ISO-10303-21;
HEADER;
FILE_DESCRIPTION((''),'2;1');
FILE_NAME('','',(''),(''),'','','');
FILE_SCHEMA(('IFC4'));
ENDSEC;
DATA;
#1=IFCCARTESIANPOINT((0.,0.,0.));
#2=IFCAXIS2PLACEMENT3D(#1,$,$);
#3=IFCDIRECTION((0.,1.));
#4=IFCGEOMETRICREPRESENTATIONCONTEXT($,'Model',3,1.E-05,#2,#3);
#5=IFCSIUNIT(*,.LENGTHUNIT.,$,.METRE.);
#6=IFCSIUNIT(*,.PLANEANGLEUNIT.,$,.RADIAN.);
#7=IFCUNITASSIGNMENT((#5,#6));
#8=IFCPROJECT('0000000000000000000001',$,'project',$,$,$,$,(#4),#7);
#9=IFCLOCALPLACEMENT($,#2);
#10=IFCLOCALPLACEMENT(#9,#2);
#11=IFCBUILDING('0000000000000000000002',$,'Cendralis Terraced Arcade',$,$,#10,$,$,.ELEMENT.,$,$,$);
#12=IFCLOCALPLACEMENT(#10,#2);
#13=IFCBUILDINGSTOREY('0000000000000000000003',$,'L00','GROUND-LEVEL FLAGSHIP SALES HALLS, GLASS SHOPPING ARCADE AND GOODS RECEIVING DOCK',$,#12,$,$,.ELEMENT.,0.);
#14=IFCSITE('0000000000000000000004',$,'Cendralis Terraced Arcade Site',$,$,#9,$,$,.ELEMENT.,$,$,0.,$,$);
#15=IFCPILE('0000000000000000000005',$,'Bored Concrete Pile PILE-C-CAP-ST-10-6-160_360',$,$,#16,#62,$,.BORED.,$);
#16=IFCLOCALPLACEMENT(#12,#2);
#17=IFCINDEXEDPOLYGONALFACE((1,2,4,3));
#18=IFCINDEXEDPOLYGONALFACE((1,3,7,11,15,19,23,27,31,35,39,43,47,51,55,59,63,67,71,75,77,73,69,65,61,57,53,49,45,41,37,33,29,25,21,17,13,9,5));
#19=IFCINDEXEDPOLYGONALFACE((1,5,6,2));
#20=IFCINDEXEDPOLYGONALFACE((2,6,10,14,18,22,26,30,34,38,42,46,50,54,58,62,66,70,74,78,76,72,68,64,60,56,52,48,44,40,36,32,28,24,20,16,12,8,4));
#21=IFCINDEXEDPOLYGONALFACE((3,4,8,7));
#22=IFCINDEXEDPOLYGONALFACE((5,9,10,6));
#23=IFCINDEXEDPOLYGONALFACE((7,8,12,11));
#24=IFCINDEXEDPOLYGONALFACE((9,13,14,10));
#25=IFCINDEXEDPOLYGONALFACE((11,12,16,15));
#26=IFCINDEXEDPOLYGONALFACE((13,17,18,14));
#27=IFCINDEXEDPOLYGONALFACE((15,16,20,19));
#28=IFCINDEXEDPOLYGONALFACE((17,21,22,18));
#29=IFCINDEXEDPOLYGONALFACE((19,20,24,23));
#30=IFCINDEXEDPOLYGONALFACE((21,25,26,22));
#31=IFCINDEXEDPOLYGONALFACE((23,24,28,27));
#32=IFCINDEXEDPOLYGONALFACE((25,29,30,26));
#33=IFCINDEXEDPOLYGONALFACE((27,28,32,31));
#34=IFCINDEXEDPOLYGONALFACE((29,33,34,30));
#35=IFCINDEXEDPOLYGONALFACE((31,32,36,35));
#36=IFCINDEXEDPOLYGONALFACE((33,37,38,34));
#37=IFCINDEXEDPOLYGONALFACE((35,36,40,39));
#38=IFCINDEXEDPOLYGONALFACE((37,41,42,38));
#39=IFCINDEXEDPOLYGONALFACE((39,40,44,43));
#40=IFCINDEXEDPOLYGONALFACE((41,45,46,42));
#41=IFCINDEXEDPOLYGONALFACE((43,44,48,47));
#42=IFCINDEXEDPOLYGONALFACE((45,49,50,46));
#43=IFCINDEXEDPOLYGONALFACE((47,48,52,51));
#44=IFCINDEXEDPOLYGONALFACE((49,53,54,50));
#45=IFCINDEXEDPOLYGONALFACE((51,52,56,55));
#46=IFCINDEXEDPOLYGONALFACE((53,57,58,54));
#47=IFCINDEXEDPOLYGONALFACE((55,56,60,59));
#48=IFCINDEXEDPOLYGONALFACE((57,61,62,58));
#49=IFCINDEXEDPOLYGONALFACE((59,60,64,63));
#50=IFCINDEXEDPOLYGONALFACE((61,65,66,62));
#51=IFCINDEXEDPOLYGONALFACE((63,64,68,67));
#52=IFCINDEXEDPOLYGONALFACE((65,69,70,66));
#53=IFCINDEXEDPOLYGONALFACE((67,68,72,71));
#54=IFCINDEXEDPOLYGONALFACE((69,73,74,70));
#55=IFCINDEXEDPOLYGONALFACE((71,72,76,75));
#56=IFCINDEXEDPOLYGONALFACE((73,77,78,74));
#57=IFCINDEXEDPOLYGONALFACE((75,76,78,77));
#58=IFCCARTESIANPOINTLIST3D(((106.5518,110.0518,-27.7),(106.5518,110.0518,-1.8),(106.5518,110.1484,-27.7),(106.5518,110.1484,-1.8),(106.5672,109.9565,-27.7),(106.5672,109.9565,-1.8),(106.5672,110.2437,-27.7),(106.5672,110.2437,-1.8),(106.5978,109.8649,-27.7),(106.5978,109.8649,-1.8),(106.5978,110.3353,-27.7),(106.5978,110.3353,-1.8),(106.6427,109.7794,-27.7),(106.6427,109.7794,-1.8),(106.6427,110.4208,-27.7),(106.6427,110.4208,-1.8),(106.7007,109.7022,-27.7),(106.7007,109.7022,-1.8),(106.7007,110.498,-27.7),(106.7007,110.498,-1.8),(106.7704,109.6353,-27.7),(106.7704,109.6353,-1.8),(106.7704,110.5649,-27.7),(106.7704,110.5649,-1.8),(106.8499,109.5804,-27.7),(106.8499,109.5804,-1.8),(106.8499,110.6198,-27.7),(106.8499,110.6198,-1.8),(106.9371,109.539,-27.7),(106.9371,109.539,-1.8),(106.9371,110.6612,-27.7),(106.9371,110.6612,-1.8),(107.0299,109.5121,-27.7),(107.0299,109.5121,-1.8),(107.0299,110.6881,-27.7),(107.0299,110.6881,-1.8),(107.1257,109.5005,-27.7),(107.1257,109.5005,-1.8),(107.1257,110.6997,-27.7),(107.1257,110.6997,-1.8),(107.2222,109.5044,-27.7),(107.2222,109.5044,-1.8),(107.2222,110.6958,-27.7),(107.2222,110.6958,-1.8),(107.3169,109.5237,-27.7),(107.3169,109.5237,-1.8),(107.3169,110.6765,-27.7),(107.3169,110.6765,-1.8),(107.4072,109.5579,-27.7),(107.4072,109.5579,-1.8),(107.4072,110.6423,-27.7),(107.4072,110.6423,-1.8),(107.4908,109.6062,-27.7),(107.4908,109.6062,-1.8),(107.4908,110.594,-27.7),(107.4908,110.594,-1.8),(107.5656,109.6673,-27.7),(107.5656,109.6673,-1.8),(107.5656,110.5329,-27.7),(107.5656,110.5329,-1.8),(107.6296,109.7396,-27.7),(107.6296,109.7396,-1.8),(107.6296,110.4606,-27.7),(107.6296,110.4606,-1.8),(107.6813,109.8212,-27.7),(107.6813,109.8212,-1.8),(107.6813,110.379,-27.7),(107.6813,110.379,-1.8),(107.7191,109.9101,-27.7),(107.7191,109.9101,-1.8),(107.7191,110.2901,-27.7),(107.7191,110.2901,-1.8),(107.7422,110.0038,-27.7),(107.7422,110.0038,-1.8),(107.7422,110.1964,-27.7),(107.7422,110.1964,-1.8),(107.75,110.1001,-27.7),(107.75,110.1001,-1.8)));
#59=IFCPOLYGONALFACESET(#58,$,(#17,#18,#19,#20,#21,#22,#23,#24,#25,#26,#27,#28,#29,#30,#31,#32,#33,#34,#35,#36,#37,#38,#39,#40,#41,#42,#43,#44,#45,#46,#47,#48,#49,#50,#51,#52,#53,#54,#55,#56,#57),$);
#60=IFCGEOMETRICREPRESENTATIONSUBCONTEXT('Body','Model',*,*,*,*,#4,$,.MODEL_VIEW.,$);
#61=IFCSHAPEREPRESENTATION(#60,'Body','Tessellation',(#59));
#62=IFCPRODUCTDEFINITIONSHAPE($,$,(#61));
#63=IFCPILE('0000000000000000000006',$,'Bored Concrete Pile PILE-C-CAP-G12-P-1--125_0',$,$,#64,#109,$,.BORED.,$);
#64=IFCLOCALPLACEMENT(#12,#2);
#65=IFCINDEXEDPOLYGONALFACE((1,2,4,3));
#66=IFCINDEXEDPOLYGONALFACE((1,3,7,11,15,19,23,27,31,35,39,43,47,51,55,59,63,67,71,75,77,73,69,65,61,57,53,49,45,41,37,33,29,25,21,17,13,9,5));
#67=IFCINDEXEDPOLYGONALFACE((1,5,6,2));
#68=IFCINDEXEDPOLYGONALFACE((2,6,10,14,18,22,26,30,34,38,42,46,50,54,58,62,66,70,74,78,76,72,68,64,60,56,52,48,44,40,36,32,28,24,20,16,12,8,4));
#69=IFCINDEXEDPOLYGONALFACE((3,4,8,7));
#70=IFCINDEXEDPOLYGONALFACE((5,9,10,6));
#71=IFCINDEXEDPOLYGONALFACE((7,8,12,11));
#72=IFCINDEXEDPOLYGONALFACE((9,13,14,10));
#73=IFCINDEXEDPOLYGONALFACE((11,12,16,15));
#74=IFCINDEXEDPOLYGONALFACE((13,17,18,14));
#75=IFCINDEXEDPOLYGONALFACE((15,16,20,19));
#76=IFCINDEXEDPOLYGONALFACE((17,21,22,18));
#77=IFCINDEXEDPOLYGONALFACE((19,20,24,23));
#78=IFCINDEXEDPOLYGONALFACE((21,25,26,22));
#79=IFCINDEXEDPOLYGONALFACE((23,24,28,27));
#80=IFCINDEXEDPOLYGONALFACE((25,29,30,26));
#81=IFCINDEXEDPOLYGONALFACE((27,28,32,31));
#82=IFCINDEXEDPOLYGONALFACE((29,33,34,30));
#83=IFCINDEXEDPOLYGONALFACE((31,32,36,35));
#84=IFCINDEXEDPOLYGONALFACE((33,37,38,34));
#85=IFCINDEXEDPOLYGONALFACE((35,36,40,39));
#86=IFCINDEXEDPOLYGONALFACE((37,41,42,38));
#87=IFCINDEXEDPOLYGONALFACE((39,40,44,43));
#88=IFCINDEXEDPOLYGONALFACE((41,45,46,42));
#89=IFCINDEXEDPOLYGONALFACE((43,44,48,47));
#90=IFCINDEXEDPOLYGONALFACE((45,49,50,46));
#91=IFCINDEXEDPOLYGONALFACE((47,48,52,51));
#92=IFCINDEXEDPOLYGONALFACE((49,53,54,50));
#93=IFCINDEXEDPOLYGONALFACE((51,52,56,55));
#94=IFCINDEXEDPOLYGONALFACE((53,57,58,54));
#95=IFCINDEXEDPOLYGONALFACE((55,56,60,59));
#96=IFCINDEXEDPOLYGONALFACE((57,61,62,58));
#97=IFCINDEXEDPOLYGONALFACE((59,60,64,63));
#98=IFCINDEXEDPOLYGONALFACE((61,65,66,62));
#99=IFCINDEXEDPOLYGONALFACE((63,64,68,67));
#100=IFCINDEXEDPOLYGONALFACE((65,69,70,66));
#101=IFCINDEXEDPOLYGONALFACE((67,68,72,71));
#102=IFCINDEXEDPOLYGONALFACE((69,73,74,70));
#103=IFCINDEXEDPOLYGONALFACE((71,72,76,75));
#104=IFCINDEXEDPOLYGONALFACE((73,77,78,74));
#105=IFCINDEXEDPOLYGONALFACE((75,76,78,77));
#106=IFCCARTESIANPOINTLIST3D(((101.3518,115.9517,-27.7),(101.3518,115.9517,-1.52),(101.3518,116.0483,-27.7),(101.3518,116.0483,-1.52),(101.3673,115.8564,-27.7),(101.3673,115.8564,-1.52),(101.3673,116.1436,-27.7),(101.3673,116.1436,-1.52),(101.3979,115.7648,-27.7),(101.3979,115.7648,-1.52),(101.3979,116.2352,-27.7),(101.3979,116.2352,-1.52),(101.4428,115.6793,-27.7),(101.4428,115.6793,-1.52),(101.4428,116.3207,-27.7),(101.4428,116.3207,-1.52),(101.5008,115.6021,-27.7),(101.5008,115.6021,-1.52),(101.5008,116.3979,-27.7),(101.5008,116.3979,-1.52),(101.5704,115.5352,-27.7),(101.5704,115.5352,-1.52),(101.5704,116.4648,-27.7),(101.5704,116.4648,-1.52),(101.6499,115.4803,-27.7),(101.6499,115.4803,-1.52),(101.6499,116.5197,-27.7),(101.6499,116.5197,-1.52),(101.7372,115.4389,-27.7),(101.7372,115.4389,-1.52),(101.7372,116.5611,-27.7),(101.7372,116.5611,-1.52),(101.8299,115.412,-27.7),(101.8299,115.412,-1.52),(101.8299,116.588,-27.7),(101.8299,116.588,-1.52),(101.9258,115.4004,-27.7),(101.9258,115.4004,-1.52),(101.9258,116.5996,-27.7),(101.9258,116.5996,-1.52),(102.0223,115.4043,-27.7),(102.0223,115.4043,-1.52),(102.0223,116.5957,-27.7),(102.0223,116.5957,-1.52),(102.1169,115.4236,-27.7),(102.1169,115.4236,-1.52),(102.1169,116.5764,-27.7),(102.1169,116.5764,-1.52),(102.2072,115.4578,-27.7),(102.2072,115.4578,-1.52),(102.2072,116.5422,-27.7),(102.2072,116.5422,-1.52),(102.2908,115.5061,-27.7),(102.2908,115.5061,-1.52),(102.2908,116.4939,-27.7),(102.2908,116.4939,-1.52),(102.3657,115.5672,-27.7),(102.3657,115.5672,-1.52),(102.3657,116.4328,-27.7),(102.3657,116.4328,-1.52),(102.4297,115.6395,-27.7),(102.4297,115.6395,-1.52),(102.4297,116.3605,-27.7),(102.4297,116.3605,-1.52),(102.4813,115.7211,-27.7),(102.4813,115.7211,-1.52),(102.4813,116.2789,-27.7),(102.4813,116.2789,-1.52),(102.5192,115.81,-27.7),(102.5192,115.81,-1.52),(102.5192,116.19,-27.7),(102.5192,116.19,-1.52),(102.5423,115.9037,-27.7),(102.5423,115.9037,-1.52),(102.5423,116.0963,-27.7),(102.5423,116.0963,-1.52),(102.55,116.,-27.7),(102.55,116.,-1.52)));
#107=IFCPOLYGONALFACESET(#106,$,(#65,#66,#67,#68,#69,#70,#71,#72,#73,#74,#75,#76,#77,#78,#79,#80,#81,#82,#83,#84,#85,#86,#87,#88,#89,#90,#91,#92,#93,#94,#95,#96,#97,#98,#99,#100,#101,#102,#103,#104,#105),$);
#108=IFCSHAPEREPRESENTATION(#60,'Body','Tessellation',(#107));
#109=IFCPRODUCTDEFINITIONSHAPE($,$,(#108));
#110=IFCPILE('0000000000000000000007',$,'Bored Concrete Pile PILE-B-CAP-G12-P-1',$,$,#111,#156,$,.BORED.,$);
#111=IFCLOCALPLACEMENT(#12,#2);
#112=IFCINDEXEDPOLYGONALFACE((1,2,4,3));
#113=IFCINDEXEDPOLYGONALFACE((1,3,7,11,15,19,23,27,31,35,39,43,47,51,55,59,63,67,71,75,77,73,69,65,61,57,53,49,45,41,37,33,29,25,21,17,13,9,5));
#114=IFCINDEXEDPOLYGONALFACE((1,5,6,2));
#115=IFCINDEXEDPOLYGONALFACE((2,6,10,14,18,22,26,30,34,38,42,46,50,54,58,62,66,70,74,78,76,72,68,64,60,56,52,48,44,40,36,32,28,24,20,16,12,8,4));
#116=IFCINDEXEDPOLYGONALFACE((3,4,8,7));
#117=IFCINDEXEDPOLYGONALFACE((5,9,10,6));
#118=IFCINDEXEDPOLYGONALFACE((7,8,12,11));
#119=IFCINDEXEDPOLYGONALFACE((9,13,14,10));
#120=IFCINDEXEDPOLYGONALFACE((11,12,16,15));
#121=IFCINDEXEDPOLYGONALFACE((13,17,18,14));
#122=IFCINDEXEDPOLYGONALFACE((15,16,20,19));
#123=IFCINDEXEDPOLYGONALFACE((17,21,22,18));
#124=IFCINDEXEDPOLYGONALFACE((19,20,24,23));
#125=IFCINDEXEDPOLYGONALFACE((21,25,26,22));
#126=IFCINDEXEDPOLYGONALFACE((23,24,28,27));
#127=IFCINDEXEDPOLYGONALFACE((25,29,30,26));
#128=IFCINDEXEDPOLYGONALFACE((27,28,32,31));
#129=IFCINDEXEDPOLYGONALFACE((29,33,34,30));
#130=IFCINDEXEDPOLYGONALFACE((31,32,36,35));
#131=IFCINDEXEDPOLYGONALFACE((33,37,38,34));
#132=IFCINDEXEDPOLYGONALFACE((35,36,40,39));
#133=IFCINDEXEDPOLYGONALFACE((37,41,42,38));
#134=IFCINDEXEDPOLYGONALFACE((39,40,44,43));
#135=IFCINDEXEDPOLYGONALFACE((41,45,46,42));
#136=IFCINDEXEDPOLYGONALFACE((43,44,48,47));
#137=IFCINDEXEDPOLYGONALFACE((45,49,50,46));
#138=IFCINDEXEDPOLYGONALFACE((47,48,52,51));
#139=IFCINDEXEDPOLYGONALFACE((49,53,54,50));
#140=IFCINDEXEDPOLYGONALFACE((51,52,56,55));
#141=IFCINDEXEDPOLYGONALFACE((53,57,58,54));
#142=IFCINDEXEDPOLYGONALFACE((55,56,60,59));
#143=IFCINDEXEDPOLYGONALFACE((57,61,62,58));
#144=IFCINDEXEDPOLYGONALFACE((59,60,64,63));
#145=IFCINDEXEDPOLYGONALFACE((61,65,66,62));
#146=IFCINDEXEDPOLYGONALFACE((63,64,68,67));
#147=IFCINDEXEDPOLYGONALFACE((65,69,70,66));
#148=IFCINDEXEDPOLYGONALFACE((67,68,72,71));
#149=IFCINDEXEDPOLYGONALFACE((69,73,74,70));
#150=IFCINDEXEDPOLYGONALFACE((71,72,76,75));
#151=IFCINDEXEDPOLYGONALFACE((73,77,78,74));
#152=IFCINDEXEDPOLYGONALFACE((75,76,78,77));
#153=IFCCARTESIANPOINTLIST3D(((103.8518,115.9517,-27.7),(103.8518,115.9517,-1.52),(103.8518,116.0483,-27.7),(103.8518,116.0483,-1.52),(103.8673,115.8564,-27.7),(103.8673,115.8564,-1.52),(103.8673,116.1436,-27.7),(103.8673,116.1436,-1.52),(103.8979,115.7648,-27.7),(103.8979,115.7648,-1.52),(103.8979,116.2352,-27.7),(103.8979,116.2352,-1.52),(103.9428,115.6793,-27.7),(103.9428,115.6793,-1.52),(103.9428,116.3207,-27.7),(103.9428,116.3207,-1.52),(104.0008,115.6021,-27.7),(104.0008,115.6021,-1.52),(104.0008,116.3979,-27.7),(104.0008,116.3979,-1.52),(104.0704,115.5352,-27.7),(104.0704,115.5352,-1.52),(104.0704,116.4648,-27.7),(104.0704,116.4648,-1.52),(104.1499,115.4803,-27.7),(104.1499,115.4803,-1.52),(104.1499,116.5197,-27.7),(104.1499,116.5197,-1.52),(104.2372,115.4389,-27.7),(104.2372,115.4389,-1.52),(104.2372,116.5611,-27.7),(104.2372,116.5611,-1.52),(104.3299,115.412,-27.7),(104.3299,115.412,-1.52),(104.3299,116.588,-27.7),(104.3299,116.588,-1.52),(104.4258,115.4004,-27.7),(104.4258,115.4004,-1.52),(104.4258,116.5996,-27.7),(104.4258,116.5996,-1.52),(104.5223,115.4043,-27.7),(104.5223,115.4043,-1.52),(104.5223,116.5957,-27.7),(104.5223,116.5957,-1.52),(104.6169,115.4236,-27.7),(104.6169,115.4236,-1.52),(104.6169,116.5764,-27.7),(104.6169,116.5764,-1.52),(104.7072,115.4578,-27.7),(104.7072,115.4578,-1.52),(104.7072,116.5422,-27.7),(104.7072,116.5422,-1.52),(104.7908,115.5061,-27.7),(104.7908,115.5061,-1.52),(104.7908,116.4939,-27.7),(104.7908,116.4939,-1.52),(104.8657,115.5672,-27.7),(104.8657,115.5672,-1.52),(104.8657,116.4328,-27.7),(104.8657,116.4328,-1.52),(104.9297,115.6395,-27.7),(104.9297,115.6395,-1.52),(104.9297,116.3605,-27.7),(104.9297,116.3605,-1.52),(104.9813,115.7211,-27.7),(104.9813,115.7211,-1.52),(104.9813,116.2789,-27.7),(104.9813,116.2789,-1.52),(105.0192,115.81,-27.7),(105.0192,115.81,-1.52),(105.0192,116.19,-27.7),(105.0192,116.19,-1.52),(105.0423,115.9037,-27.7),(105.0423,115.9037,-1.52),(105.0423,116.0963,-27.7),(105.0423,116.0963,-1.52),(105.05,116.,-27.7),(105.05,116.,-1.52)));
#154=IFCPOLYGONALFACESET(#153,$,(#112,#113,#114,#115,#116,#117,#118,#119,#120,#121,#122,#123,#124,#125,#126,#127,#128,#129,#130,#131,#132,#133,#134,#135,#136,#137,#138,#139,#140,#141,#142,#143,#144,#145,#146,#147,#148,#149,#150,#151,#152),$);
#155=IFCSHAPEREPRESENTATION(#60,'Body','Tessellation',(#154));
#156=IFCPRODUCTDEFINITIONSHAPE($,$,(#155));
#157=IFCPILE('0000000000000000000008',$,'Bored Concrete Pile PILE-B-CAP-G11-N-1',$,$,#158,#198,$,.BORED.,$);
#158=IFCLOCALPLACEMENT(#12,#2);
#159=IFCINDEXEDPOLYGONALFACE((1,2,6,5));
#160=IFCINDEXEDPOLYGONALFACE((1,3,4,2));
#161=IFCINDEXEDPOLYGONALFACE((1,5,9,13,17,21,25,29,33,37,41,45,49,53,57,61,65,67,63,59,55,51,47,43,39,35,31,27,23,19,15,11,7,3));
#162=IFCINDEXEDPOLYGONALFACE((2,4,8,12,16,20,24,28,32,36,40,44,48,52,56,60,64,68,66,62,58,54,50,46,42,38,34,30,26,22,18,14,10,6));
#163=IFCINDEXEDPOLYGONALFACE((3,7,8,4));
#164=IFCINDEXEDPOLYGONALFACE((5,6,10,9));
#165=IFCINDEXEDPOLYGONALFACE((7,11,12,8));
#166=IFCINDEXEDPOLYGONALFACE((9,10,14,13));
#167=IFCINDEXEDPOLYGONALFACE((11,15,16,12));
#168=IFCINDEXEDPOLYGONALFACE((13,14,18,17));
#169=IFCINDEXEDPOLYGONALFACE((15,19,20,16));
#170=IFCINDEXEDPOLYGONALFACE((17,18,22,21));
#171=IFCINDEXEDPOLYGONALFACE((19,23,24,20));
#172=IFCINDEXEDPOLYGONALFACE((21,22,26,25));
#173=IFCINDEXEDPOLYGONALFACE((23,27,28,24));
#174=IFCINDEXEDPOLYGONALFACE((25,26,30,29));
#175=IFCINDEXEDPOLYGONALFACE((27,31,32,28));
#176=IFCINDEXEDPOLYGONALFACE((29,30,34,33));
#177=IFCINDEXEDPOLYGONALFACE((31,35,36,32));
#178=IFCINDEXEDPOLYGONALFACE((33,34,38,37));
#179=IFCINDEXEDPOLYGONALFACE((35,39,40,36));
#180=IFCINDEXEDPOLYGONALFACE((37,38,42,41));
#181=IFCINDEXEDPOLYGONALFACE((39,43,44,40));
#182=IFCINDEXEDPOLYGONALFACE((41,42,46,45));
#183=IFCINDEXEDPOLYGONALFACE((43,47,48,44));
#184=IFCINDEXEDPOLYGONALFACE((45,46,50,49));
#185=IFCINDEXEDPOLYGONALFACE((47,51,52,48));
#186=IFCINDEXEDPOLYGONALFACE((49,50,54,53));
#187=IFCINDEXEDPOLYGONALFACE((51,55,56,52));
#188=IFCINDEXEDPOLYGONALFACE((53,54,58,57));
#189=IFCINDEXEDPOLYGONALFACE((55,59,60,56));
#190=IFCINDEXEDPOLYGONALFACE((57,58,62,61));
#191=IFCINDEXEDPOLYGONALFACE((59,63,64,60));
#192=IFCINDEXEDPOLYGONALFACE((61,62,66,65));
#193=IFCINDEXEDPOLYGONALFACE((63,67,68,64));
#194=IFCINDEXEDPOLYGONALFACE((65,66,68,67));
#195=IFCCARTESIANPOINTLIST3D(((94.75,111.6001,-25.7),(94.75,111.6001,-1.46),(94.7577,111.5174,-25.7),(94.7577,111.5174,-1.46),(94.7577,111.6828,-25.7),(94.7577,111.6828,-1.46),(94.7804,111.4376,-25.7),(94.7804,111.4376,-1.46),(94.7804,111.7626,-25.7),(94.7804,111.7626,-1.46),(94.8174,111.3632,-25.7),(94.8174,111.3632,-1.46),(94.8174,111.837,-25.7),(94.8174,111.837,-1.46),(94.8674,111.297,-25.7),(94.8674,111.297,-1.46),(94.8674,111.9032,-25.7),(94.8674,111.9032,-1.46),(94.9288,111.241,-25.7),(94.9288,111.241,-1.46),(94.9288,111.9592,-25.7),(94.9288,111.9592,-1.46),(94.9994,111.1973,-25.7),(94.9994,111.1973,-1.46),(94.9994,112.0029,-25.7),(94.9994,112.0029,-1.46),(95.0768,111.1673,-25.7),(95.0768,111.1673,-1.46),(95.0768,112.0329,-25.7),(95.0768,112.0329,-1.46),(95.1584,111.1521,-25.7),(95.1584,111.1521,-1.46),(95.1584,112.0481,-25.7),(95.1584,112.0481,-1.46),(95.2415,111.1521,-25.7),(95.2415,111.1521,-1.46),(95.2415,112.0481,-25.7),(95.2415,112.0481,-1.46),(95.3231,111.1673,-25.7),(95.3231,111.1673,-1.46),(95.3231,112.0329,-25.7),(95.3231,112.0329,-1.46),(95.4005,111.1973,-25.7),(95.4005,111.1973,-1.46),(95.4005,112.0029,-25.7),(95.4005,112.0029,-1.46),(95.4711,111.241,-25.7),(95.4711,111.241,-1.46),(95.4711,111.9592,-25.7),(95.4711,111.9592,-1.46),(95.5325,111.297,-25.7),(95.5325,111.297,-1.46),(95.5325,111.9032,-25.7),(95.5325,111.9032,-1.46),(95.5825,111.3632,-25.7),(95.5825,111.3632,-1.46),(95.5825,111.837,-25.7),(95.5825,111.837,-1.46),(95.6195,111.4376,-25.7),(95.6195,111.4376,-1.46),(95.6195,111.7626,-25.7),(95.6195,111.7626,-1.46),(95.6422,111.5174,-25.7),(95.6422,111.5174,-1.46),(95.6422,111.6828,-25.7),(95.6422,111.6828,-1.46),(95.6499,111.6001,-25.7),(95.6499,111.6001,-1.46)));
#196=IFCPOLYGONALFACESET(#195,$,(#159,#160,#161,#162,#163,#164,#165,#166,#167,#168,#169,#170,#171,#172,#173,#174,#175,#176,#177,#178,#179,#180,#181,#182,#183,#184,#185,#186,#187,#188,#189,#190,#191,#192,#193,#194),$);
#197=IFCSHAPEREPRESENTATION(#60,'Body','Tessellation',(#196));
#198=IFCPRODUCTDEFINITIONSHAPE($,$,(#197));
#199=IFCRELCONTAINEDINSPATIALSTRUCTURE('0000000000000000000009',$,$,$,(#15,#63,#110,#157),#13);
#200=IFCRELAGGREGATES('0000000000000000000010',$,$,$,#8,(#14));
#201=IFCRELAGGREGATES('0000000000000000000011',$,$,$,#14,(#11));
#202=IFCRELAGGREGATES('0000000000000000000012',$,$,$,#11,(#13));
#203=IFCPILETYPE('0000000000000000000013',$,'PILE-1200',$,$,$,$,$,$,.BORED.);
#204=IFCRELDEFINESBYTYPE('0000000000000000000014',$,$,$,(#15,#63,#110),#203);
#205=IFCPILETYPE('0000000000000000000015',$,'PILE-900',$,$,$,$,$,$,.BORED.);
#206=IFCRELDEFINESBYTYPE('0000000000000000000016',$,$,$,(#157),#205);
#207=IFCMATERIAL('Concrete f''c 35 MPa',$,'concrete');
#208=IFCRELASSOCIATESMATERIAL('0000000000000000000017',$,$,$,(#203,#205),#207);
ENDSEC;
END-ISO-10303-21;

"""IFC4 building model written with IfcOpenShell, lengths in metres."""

from ifc_helpers import new_model, si_unit, direction, frame, origin, origin_2d, place, context, subcontext, project, spatial, circle, extrude, material, material_profile, profile_set, type_object, element, save


model = new_model("IFC4")

# Units and contexts
model_context = context("Model", 3, precision=1e-05, world=origin(), true_north=direction((0.0, 1.0)))
body_context = subcontext(model_context, "Body", "Model", "MODEL_VIEW")
ifc_project = project(units=[si_unit("LENGTHUNIT", "METRE"), si_unit("PLANEANGLEUNIT", "RADIAN")], contexts=[model_context])

# Site, building, storey
site_placement = place(None, origin())
site = spatial("IfcSite", under=ifc_project, at=site_placement, Name="Cendralis Terraced Arcade Site", CompositionType="ELEMENT", RefElevation=0.0)
building_placement = place(site_placement, origin())
building = spatial("IfcBuilding", under=site, at=building_placement, Name="Cendralis Terraced Arcade", CompositionType="ELEMENT")
storey_placement = place(building_placement, origin())
storey = spatial("IfcBuildingStorey", under=building, at=storey_placement, Name="L00", Description="GROUND-LEVEL FLAGSHIP SALES HALLS, GLASS SHOPPING ARCADE AND GOODS RECEIVING DOCK", CompositionType="ELEMENT", Elevation=0.0)

# Shared definitions
ifc_material_1 = material(Name="Concrete f'c 35 MPa", Category="concrete")

# Piles
ifc_material_profile_1 = material_profile(ifc_material_1, circle(Radius=0.6001, at=origin_2d()), Name="PILE-D1200", Category="LoadBearing")
ifc_profile_set_1 = profile_set([ifc_material_profile_1], Name="Concrete f'c 35 MPa")
pile_type_1 = type_object("IfcPileType", Name="PILE-1200", PredefinedType="BORED", material=ifc_profile_set_1)
for number, where, z_axis, x_axis, name in (
    (1, (107.1499, 110.1001, -1.8), (0.0, 0.0, -1.0), (1.0, 0.0, 0.0), "Bored Concrete Pile PILE-C-CAP-ST-10-6-160_360"),
):
    element("IfcPile", number, at=place(storey_placement, frame(where, z_axis=z_axis, x_axis=x_axis)), inside=storey, type_object=pile_type_1, Name=name, PredefinedType="BORED", context=body_context, shape_type="SweptSolid", body=[
        extrude(circle(Radius=0.6001, at=origin_2d()), origin(), (0.0, 0.0, 1.0), 25.8999),
    ])
for number, where, z_axis, x_axis, name in (
    (2, (101.95, 116.0, -1.52), (0.0, 0.0, -1.0), (1.0, 0.0, 0.0), "Bored Concrete Pile PILE-C-CAP-G12-P-1--125_0"),
    (3, (104.45, 116.0, -1.52), (0.0, 0.0, -1.0), (1.0, 0.0, 0.0), "Bored Concrete Pile PILE-B-CAP-G12-P-1"),
):
    element("IfcPile", number, at=place(storey_placement, frame(where, z_axis=z_axis, x_axis=x_axis)), inside=storey, type_object=pile_type_1, Name=name, PredefinedType="BORED", context=body_context, shape_type="SweptSolid", body=[
        extrude(circle(Radius=0.6001, at=origin_2d()), origin(), (0.0, 0.0, 1.0), 26.1799),
    ])
ifc_material_profile_2 = material_profile(ifc_material_1, circle(Radius=0.45, at=origin_2d()), Name="PILE-D900", Category="LoadBearing")
ifc_profile_set_2 = profile_set([ifc_material_profile_2], Name="Concrete f'c 35 MPa")
pile_type_2 = type_object("IfcPileType", Name="PILE-900", PredefinedType="BORED", material=ifc_profile_set_2)
pile_1_placement = place(storey_placement, frame((95.2, 111.6001, -1.46), z_axis=(0.0, 0.0, -1.0), x_axis=(1.0, 0.0, 0.0)))
element("IfcPile", 4, at=pile_1_placement, inside=storey, type_object=pile_type_2, Name="Bored Concrete Pile PILE-B-CAP-G11-N-1", PredefinedType="BORED", context=body_context, shape_type="SweptSolid", body=[
    extrude(circle(Radius=0.45, at=origin_2d()), origin(), (0.0, 0.0, 1.0), 24.24),
])

save(model, "model.ifc")
